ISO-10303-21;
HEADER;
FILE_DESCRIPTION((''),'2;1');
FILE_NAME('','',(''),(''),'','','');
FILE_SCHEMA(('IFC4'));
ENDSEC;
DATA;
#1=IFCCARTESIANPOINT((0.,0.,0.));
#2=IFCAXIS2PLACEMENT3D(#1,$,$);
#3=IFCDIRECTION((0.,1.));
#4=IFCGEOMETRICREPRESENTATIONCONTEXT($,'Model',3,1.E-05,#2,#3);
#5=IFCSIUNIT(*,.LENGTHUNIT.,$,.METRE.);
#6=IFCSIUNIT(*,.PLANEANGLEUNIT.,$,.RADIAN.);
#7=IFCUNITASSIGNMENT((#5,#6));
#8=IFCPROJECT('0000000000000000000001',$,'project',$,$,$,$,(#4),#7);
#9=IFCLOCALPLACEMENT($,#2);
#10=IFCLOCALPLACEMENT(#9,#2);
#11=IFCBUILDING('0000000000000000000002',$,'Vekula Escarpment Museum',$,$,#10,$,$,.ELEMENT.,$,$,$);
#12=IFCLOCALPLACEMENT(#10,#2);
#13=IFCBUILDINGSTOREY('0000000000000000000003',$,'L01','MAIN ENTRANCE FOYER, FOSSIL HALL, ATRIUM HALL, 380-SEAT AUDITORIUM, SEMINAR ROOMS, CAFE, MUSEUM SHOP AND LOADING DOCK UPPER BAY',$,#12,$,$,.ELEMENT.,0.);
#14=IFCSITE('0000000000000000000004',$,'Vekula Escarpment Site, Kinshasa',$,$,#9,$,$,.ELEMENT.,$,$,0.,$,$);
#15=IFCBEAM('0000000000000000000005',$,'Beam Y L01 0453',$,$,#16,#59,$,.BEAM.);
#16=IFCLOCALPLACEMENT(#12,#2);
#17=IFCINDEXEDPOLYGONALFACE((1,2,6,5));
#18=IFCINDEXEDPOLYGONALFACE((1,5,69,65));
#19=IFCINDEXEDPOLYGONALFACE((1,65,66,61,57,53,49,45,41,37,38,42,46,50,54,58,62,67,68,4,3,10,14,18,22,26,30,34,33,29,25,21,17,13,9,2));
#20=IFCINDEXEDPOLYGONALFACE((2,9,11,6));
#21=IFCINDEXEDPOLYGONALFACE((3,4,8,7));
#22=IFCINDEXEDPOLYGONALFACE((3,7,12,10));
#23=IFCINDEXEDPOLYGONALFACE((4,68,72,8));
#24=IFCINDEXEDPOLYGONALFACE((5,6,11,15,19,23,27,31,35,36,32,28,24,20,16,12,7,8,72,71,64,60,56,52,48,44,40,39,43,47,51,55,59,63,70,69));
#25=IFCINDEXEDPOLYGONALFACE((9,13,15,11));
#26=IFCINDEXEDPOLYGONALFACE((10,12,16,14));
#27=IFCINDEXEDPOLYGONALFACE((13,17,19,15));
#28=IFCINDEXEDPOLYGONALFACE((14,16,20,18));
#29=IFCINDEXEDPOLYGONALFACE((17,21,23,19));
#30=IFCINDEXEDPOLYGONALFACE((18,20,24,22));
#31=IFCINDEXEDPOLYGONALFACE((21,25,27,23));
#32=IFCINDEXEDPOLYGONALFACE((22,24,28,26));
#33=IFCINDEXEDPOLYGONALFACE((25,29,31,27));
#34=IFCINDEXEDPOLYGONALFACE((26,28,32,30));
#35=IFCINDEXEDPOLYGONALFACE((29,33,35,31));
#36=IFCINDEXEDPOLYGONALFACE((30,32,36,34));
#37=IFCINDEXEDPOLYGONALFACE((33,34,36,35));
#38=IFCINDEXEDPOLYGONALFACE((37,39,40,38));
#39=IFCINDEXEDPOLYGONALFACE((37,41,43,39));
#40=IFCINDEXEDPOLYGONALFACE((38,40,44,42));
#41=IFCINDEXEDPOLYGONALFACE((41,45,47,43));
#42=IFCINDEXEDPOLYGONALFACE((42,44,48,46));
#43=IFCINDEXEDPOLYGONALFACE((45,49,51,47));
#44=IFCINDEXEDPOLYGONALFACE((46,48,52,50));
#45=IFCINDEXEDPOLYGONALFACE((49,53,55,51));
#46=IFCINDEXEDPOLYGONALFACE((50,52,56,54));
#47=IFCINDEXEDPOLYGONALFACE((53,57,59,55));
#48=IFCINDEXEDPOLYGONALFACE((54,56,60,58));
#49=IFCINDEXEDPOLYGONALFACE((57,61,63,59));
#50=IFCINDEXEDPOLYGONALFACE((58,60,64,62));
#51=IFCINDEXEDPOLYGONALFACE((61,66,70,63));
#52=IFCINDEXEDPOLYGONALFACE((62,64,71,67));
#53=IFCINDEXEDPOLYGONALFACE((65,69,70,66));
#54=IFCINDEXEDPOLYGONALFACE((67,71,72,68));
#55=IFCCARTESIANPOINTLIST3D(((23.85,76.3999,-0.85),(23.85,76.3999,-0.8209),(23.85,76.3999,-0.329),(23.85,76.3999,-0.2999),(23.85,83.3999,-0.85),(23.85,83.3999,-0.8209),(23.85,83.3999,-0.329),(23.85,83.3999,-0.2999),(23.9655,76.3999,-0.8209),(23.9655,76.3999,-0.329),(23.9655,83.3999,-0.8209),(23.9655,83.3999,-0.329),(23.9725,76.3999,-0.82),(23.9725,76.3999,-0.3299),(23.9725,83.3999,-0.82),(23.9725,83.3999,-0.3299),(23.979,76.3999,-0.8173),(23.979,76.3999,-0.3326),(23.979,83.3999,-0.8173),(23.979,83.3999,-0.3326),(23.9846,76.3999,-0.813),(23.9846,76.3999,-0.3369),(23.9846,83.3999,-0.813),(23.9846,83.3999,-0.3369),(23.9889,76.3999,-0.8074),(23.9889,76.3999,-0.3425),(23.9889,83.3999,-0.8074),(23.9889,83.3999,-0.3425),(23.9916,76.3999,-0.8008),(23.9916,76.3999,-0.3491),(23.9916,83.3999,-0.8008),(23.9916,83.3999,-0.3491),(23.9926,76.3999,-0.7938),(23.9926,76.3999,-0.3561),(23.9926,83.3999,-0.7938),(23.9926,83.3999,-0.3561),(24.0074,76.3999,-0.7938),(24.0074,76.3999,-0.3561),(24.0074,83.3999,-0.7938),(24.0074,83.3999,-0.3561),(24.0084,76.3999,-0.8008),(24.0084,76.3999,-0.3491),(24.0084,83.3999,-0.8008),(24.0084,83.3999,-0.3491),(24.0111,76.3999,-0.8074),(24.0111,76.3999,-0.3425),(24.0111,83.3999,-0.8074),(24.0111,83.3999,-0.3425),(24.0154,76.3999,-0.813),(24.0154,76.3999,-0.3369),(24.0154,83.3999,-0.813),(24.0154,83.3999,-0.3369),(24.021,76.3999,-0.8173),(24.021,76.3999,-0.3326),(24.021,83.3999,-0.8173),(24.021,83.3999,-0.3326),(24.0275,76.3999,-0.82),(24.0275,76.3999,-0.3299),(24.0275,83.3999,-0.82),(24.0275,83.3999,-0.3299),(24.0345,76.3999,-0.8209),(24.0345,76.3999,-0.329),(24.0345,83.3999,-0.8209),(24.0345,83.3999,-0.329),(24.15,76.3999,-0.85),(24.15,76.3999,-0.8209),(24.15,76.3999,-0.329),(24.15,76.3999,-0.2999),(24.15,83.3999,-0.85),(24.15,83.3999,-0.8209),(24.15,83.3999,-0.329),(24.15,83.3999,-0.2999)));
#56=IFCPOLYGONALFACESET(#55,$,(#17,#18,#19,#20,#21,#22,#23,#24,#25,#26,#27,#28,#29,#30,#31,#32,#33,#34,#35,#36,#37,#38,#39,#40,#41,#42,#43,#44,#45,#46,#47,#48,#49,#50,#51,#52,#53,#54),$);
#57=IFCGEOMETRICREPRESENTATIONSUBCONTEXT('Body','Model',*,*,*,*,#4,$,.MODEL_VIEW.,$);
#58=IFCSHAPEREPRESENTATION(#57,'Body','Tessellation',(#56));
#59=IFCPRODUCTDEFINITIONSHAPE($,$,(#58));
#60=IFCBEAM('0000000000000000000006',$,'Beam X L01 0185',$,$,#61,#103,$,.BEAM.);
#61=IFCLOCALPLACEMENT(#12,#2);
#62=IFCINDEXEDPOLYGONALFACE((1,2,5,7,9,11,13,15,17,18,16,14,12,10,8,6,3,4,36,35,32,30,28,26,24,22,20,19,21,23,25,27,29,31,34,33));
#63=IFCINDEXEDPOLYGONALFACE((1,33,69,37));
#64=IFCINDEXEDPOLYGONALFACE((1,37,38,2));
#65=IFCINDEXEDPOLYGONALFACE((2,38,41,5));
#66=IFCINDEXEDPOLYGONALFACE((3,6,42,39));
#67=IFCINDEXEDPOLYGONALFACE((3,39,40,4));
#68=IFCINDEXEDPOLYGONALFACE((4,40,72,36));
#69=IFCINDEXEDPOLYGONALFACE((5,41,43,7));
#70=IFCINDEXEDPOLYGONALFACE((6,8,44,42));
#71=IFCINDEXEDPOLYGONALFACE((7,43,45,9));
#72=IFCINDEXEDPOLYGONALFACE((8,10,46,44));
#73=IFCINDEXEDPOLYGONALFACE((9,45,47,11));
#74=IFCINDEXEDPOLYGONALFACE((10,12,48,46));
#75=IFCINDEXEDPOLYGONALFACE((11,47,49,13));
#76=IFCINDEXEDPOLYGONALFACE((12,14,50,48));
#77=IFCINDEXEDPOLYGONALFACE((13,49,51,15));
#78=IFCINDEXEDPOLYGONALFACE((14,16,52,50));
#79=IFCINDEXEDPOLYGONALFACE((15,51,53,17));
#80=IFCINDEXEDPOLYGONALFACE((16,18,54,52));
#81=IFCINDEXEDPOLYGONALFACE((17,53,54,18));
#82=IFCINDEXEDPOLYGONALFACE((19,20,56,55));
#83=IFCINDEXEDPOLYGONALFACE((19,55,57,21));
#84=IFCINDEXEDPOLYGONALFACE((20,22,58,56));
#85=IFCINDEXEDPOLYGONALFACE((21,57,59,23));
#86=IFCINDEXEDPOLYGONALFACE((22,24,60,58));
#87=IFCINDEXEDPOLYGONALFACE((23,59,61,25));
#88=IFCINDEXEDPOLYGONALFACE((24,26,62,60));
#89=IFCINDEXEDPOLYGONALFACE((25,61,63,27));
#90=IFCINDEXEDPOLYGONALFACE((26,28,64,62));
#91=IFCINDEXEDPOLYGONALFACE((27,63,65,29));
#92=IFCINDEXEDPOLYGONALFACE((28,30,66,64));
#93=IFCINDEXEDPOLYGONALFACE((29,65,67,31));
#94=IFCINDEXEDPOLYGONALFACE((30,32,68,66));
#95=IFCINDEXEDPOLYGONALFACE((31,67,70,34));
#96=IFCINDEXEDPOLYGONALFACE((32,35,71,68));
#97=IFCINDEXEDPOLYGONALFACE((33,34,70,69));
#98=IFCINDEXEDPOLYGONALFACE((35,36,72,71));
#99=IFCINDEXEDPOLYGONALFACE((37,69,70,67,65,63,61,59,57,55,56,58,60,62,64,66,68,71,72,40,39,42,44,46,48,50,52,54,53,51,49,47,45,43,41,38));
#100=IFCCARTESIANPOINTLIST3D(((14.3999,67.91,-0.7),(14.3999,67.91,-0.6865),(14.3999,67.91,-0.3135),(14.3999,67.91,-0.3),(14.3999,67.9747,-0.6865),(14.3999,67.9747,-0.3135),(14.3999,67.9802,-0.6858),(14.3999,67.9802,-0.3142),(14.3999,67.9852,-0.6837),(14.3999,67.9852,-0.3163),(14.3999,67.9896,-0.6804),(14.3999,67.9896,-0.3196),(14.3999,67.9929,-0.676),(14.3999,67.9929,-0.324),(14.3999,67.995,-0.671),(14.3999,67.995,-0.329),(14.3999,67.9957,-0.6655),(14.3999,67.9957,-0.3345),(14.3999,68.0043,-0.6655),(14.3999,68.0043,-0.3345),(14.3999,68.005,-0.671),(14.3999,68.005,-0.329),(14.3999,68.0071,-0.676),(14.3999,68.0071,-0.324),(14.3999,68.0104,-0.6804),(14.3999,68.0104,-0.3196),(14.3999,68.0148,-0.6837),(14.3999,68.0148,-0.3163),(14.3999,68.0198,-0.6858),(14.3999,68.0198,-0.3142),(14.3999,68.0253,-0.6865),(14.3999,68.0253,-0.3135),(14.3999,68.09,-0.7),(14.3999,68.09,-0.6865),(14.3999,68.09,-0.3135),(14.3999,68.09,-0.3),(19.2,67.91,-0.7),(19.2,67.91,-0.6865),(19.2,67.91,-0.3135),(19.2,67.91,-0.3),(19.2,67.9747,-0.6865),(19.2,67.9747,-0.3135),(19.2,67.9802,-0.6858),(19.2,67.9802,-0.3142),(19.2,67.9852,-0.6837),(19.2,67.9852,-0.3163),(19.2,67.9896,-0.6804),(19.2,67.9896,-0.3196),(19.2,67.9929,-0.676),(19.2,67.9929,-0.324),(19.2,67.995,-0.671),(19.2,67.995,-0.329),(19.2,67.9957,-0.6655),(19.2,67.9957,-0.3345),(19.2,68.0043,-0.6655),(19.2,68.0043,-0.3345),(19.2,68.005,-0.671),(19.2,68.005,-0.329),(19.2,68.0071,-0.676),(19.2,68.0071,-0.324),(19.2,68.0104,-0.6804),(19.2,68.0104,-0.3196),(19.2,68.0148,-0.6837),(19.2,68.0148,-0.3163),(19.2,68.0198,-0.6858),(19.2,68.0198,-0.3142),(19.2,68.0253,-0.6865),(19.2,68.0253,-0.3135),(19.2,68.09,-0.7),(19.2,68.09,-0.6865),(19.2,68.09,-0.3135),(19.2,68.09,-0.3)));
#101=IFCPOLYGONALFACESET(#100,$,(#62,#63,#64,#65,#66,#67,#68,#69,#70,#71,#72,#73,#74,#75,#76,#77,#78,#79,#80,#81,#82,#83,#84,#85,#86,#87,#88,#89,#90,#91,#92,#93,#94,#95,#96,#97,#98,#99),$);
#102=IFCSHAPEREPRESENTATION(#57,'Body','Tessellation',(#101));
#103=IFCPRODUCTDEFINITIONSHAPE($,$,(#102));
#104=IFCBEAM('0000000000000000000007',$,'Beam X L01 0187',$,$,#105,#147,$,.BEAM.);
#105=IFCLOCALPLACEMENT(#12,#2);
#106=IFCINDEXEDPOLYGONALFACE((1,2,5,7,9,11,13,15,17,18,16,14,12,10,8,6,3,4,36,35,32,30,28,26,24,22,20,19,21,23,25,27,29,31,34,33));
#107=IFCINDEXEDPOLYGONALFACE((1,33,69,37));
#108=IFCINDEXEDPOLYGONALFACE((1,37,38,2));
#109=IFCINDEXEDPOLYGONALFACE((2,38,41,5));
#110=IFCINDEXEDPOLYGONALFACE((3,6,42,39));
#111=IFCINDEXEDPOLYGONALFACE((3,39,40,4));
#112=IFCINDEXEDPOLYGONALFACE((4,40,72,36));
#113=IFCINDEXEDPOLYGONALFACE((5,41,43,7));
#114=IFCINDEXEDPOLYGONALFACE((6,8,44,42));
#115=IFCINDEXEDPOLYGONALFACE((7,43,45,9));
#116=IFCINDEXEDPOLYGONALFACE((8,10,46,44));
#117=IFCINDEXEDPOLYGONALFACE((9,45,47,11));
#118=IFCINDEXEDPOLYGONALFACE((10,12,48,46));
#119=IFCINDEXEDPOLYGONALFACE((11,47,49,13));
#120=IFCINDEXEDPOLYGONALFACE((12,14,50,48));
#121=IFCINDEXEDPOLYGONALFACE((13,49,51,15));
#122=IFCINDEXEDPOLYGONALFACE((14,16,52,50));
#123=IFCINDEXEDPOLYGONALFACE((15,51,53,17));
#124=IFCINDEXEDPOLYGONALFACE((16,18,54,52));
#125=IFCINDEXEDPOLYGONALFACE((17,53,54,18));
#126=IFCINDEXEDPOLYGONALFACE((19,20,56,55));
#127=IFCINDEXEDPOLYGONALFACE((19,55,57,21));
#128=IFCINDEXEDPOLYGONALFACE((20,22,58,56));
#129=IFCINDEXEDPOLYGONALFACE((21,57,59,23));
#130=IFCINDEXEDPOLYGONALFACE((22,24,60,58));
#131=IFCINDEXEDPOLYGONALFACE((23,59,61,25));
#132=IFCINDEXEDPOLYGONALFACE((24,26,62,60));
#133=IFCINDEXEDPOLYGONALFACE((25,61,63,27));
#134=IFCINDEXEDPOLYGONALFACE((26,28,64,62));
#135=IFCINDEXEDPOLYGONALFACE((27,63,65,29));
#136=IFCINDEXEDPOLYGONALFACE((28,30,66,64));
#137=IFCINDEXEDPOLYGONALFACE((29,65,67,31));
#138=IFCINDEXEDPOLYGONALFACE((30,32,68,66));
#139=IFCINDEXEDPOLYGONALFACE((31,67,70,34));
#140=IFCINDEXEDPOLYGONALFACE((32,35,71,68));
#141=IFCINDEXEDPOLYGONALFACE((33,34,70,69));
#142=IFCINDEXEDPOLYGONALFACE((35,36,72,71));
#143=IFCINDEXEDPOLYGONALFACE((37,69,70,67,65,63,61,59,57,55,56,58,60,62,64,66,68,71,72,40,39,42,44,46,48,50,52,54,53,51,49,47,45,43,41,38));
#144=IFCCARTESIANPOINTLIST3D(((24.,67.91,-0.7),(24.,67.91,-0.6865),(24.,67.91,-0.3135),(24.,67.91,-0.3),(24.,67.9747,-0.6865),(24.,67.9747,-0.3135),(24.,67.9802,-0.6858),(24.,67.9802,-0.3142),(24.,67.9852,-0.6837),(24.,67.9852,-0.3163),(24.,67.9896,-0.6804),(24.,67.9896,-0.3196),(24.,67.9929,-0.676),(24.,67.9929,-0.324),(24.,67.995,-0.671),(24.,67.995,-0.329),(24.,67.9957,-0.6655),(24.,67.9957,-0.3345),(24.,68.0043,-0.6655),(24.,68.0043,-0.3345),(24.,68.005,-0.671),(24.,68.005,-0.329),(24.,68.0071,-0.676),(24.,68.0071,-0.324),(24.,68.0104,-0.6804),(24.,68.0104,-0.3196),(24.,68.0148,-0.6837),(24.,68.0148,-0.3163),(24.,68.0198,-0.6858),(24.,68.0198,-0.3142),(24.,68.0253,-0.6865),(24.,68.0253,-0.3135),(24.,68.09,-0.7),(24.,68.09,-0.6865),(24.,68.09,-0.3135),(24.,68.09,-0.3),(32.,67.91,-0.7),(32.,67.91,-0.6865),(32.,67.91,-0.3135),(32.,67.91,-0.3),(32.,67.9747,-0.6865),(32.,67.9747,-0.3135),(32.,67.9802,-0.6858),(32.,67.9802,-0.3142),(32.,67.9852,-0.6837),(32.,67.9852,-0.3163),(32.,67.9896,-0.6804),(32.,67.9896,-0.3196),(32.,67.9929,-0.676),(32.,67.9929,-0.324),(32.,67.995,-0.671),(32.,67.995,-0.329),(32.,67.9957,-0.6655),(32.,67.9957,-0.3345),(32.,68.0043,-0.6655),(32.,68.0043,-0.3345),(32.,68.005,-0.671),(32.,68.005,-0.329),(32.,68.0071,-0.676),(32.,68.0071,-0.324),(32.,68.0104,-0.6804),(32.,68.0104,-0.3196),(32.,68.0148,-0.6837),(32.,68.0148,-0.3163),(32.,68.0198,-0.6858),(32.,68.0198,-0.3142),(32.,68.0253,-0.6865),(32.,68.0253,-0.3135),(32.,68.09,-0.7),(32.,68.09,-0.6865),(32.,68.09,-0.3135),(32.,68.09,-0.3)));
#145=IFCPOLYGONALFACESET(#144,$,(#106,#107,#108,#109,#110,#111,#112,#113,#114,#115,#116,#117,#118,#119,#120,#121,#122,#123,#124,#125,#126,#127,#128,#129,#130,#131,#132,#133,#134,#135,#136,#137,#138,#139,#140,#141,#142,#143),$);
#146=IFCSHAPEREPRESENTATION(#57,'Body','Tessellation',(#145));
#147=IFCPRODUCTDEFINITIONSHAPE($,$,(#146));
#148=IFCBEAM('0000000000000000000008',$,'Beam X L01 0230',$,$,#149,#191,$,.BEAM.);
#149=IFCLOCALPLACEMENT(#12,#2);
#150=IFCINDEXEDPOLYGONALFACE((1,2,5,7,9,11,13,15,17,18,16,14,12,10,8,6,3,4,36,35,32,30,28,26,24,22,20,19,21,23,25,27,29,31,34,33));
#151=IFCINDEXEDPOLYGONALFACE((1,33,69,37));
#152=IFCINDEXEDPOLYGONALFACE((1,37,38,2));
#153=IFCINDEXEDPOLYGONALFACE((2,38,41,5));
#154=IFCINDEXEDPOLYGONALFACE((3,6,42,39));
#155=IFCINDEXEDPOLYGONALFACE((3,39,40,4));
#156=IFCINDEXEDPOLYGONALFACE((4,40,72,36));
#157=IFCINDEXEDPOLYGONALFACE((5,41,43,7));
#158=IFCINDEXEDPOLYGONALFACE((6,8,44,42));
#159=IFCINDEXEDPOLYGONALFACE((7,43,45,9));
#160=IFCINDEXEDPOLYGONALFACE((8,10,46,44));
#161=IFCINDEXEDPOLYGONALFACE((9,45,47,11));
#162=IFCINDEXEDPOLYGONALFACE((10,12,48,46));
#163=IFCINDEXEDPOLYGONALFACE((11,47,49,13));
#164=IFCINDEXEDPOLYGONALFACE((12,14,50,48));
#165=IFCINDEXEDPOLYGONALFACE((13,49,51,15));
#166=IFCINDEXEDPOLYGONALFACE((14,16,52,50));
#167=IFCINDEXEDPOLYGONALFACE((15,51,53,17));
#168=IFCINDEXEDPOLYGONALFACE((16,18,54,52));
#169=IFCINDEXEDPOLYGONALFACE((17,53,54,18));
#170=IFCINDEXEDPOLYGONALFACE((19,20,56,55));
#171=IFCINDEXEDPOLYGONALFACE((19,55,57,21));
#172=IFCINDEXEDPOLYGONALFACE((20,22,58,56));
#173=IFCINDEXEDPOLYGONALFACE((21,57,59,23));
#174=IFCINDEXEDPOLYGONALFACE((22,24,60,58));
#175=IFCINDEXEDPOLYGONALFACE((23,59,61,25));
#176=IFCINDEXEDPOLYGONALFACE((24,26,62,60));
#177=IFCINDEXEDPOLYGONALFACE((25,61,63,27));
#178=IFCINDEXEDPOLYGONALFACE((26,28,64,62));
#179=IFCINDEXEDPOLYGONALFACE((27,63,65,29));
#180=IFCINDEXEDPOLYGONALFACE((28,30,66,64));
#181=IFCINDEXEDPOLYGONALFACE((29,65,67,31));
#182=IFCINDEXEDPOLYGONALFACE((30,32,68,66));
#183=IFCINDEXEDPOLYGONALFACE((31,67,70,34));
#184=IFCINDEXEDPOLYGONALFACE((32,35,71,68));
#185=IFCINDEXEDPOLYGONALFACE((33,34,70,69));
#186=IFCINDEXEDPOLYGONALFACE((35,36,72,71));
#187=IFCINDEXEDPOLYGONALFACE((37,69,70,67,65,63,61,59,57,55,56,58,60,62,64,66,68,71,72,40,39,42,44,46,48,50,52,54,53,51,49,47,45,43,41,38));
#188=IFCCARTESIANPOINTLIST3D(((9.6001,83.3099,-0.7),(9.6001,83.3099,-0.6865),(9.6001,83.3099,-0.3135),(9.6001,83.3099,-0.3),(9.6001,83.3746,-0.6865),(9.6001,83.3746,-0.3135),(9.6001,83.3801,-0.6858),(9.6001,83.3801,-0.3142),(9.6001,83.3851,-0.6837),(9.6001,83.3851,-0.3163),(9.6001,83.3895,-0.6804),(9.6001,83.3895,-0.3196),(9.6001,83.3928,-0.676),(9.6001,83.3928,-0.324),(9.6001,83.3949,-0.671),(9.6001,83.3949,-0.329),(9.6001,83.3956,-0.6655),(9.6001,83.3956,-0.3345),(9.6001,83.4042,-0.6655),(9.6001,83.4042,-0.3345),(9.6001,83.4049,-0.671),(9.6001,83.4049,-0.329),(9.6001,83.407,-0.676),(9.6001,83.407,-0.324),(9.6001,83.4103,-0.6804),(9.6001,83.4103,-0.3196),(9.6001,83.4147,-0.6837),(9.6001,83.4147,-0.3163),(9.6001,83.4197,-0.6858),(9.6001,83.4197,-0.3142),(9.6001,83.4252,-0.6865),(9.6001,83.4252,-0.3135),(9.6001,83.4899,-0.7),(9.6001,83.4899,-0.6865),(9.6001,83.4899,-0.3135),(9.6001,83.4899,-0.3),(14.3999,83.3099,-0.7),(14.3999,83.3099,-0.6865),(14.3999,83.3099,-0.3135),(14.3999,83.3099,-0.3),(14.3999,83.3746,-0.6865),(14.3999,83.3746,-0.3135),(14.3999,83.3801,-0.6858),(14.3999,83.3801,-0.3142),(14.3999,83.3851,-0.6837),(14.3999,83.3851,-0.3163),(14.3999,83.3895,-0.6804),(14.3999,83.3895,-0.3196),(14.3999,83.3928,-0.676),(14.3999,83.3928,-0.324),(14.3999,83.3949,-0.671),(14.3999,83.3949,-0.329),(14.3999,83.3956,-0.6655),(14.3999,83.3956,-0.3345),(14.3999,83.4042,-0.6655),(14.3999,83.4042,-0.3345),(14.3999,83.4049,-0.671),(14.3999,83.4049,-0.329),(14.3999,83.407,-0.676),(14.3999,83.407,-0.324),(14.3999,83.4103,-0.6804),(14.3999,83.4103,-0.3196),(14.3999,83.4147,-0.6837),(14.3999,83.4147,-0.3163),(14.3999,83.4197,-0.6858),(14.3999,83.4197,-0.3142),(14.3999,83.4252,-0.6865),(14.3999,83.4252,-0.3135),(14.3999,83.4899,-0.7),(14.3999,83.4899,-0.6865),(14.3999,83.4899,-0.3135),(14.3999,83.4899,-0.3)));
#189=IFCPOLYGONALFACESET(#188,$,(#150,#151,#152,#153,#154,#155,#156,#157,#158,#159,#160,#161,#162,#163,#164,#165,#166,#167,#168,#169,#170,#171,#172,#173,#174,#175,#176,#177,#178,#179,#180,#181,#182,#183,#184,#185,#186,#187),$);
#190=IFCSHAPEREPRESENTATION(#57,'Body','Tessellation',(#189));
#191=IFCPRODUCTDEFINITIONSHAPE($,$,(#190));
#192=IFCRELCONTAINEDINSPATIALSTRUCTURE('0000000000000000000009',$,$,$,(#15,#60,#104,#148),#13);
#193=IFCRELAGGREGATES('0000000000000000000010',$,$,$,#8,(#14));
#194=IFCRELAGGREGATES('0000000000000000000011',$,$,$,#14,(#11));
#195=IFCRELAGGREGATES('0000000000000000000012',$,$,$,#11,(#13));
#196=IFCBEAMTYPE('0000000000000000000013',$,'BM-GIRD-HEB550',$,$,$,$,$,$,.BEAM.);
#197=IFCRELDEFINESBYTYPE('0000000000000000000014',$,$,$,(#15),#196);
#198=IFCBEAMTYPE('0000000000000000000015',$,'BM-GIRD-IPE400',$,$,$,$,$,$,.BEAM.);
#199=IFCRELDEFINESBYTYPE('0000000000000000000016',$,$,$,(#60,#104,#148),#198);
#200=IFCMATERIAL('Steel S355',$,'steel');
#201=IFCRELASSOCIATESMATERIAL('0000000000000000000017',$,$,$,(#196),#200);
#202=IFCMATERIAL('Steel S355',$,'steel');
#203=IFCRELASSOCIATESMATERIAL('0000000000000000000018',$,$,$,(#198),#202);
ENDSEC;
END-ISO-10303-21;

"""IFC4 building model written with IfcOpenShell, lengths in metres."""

from ifc_helpers import new_model, si_unit, direction, frame, origin, origin_2d, place, context, subcontext, project, spatial, i_section, extrude, material, material_profile, profile_set, type_object, element, save


model = new_model("IFC4")

# Units and contexts
model_context = context("Model", 3, precision=1e-05, world=origin(), true_north=direction((0.0, 1.0)))
body_context = subcontext(model_context, "Body", "Model", "MODEL_VIEW")
ifc_project = project(units=[si_unit("LENGTHUNIT", "METRE"), si_unit("PLANEANGLEUNIT", "RADIAN")], contexts=[model_context])

# Site, building, storey
site_placement = place(None, origin())
site = spatial("IfcSite", under=ifc_project, at=site_placement, Name="Vekula Escarpment Site, Kinshasa", CompositionType="ELEMENT", RefElevation=0.0)
building_placement = place(site_placement, origin())
building = spatial("IfcBuilding", under=site, at=building_placement, Name="Vekula Escarpment Museum", CompositionType="ELEMENT")
storey_placement = place(building_placement, origin())
storey = spatial("IfcBuildingStorey", under=building, at=storey_placement, Name="L01", Description="MAIN ENTRANCE FOYER, FOSSIL HALL, ATRIUM HALL, 380-SEAT AUDITORIUM, SEMINAR ROOMS, CAFE, MUSEUM SHOP AND LOADING DOCK UPPER BAY", CompositionType="ELEMENT", Elevation=0.0)

# Beams
ifc_material_1 = material(Name="Steel S355", Category="steel")
ifc_material_profile_1 = material_profile(ifc_material_1, i_section(OverallWidth=0.3, OverallDepth=0.55, WebThickness=0.0149, FlangeThickness=0.0291, FilletRadius=0.0271, at=origin_2d()), Name="HEB 550")
ifc_profile_set_1 = profile_set([ifc_material_profile_1], Name="Steel S355")
beam_type_1 = type_object("IfcBeamType", Name="BM-GIRD-HEB550", PredefinedType="BEAM", material=ifc_profile_set_1)
beam_1_placement = place(storey_placement, frame((24.0, 76.3999, -0.575), z_axis=(0.0, 1.0, 0.0), x_axis=(-1.0, 0.0, 0.0)))
element("IfcBeam", 1, at=beam_1_placement, inside=storey, type_object=beam_type_1, Name="Beam Y L01 0453", PredefinedType="BEAM", context=body_context, shape_type="SweptSolid", body=[
    extrude(i_section(OverallWidth=0.3, OverallDepth=0.55, WebThickness=0.0149, FlangeThickness=0.0291, FilletRadius=0.0271, at=origin_2d()), origin(), (0.0, 0.0, 1.0), 7.0),
])
ifc_material_2 = material(Name="Steel S355", Category="steel")
ifc_material_profile_2 = material_profile(ifc_material_2, i_section(OverallWidth=0.1799, OverallDepth=0.3999, WebThickness=0.0085, FlangeThickness=0.0134, FilletRadius=0.021, at=origin_2d()), Name="IPE 400")
ifc_profile_set_2 = profile_set([ifc_material_profile_2], Name="Steel S355")
beam_type_2 = type_object("IfcBeamType", Name="BM-GIRD-IPE400", PredefinedType="BEAM", material=ifc_profile_set_2)
beam_2_placement = place(storey_placement, frame((14.3999, 68.0, -0.5), z_axis=(1.0, 0.0, 0.0), x_axis=(0.0, 1.0, 0.0)))
element("IfcBeam", 2, at=beam_2_placement, inside=storey, type_object=beam_type_2, Name="Beam X L01 0185", PredefinedType="BEAM", context=body_context, shape_type="SweptSolid", body=[
    extrude(i_section(OverallWidth=0.1799, OverallDepth=0.3999, WebThickness=0.0085, FlangeThickness=0.0134, FilletRadius=0.021, at=origin_2d()), origin(), (0.0, 0.0, 1.0), 4.8),
])
beam_3_placement = place(storey_placement, frame((24.0, 68.0, -0.5), z_axis=(1.0, 0.0, 0.0), x_axis=(0.0, 1.0, 0.0)))
element("IfcBeam", 3, at=beam_3_placement, inside=storey, type_object=beam_type_2, Name="Beam X L01 0187", PredefinedType="BEAM", context=body_context, shape_type="SweptSolid", body=[
    extrude(i_section(OverallWidth=0.1799, OverallDepth=0.3999, WebThickness=0.0085, FlangeThickness=0.0134, FilletRadius=0.021, at=origin_2d()), origin(), (0.0, 0.0, 1.0), 8.0),
])
beam_4_placement = place(storey_placement, frame((9.6001, 83.3999, -0.5), z_axis=(1.0, 0.0, 0.0), x_axis=(0.0, 1.0, 0.0)))
element("IfcBeam", 4, at=beam_4_placement, inside=storey, type_object=beam_type_2, Name="Beam X L01 0230", PredefinedType="BEAM", context=body_context, shape_type="SweptSolid", body=[
    extrude(i_section(OverallWidth=0.1799, OverallDepth=0.3999, WebThickness=0.0085, FlangeThickness=0.0134, FilletRadius=0.021, at=origin_2d()), origin(), (0.0, 0.0, 1.0), 4.7998),
])

save(model, "model.ifc")
